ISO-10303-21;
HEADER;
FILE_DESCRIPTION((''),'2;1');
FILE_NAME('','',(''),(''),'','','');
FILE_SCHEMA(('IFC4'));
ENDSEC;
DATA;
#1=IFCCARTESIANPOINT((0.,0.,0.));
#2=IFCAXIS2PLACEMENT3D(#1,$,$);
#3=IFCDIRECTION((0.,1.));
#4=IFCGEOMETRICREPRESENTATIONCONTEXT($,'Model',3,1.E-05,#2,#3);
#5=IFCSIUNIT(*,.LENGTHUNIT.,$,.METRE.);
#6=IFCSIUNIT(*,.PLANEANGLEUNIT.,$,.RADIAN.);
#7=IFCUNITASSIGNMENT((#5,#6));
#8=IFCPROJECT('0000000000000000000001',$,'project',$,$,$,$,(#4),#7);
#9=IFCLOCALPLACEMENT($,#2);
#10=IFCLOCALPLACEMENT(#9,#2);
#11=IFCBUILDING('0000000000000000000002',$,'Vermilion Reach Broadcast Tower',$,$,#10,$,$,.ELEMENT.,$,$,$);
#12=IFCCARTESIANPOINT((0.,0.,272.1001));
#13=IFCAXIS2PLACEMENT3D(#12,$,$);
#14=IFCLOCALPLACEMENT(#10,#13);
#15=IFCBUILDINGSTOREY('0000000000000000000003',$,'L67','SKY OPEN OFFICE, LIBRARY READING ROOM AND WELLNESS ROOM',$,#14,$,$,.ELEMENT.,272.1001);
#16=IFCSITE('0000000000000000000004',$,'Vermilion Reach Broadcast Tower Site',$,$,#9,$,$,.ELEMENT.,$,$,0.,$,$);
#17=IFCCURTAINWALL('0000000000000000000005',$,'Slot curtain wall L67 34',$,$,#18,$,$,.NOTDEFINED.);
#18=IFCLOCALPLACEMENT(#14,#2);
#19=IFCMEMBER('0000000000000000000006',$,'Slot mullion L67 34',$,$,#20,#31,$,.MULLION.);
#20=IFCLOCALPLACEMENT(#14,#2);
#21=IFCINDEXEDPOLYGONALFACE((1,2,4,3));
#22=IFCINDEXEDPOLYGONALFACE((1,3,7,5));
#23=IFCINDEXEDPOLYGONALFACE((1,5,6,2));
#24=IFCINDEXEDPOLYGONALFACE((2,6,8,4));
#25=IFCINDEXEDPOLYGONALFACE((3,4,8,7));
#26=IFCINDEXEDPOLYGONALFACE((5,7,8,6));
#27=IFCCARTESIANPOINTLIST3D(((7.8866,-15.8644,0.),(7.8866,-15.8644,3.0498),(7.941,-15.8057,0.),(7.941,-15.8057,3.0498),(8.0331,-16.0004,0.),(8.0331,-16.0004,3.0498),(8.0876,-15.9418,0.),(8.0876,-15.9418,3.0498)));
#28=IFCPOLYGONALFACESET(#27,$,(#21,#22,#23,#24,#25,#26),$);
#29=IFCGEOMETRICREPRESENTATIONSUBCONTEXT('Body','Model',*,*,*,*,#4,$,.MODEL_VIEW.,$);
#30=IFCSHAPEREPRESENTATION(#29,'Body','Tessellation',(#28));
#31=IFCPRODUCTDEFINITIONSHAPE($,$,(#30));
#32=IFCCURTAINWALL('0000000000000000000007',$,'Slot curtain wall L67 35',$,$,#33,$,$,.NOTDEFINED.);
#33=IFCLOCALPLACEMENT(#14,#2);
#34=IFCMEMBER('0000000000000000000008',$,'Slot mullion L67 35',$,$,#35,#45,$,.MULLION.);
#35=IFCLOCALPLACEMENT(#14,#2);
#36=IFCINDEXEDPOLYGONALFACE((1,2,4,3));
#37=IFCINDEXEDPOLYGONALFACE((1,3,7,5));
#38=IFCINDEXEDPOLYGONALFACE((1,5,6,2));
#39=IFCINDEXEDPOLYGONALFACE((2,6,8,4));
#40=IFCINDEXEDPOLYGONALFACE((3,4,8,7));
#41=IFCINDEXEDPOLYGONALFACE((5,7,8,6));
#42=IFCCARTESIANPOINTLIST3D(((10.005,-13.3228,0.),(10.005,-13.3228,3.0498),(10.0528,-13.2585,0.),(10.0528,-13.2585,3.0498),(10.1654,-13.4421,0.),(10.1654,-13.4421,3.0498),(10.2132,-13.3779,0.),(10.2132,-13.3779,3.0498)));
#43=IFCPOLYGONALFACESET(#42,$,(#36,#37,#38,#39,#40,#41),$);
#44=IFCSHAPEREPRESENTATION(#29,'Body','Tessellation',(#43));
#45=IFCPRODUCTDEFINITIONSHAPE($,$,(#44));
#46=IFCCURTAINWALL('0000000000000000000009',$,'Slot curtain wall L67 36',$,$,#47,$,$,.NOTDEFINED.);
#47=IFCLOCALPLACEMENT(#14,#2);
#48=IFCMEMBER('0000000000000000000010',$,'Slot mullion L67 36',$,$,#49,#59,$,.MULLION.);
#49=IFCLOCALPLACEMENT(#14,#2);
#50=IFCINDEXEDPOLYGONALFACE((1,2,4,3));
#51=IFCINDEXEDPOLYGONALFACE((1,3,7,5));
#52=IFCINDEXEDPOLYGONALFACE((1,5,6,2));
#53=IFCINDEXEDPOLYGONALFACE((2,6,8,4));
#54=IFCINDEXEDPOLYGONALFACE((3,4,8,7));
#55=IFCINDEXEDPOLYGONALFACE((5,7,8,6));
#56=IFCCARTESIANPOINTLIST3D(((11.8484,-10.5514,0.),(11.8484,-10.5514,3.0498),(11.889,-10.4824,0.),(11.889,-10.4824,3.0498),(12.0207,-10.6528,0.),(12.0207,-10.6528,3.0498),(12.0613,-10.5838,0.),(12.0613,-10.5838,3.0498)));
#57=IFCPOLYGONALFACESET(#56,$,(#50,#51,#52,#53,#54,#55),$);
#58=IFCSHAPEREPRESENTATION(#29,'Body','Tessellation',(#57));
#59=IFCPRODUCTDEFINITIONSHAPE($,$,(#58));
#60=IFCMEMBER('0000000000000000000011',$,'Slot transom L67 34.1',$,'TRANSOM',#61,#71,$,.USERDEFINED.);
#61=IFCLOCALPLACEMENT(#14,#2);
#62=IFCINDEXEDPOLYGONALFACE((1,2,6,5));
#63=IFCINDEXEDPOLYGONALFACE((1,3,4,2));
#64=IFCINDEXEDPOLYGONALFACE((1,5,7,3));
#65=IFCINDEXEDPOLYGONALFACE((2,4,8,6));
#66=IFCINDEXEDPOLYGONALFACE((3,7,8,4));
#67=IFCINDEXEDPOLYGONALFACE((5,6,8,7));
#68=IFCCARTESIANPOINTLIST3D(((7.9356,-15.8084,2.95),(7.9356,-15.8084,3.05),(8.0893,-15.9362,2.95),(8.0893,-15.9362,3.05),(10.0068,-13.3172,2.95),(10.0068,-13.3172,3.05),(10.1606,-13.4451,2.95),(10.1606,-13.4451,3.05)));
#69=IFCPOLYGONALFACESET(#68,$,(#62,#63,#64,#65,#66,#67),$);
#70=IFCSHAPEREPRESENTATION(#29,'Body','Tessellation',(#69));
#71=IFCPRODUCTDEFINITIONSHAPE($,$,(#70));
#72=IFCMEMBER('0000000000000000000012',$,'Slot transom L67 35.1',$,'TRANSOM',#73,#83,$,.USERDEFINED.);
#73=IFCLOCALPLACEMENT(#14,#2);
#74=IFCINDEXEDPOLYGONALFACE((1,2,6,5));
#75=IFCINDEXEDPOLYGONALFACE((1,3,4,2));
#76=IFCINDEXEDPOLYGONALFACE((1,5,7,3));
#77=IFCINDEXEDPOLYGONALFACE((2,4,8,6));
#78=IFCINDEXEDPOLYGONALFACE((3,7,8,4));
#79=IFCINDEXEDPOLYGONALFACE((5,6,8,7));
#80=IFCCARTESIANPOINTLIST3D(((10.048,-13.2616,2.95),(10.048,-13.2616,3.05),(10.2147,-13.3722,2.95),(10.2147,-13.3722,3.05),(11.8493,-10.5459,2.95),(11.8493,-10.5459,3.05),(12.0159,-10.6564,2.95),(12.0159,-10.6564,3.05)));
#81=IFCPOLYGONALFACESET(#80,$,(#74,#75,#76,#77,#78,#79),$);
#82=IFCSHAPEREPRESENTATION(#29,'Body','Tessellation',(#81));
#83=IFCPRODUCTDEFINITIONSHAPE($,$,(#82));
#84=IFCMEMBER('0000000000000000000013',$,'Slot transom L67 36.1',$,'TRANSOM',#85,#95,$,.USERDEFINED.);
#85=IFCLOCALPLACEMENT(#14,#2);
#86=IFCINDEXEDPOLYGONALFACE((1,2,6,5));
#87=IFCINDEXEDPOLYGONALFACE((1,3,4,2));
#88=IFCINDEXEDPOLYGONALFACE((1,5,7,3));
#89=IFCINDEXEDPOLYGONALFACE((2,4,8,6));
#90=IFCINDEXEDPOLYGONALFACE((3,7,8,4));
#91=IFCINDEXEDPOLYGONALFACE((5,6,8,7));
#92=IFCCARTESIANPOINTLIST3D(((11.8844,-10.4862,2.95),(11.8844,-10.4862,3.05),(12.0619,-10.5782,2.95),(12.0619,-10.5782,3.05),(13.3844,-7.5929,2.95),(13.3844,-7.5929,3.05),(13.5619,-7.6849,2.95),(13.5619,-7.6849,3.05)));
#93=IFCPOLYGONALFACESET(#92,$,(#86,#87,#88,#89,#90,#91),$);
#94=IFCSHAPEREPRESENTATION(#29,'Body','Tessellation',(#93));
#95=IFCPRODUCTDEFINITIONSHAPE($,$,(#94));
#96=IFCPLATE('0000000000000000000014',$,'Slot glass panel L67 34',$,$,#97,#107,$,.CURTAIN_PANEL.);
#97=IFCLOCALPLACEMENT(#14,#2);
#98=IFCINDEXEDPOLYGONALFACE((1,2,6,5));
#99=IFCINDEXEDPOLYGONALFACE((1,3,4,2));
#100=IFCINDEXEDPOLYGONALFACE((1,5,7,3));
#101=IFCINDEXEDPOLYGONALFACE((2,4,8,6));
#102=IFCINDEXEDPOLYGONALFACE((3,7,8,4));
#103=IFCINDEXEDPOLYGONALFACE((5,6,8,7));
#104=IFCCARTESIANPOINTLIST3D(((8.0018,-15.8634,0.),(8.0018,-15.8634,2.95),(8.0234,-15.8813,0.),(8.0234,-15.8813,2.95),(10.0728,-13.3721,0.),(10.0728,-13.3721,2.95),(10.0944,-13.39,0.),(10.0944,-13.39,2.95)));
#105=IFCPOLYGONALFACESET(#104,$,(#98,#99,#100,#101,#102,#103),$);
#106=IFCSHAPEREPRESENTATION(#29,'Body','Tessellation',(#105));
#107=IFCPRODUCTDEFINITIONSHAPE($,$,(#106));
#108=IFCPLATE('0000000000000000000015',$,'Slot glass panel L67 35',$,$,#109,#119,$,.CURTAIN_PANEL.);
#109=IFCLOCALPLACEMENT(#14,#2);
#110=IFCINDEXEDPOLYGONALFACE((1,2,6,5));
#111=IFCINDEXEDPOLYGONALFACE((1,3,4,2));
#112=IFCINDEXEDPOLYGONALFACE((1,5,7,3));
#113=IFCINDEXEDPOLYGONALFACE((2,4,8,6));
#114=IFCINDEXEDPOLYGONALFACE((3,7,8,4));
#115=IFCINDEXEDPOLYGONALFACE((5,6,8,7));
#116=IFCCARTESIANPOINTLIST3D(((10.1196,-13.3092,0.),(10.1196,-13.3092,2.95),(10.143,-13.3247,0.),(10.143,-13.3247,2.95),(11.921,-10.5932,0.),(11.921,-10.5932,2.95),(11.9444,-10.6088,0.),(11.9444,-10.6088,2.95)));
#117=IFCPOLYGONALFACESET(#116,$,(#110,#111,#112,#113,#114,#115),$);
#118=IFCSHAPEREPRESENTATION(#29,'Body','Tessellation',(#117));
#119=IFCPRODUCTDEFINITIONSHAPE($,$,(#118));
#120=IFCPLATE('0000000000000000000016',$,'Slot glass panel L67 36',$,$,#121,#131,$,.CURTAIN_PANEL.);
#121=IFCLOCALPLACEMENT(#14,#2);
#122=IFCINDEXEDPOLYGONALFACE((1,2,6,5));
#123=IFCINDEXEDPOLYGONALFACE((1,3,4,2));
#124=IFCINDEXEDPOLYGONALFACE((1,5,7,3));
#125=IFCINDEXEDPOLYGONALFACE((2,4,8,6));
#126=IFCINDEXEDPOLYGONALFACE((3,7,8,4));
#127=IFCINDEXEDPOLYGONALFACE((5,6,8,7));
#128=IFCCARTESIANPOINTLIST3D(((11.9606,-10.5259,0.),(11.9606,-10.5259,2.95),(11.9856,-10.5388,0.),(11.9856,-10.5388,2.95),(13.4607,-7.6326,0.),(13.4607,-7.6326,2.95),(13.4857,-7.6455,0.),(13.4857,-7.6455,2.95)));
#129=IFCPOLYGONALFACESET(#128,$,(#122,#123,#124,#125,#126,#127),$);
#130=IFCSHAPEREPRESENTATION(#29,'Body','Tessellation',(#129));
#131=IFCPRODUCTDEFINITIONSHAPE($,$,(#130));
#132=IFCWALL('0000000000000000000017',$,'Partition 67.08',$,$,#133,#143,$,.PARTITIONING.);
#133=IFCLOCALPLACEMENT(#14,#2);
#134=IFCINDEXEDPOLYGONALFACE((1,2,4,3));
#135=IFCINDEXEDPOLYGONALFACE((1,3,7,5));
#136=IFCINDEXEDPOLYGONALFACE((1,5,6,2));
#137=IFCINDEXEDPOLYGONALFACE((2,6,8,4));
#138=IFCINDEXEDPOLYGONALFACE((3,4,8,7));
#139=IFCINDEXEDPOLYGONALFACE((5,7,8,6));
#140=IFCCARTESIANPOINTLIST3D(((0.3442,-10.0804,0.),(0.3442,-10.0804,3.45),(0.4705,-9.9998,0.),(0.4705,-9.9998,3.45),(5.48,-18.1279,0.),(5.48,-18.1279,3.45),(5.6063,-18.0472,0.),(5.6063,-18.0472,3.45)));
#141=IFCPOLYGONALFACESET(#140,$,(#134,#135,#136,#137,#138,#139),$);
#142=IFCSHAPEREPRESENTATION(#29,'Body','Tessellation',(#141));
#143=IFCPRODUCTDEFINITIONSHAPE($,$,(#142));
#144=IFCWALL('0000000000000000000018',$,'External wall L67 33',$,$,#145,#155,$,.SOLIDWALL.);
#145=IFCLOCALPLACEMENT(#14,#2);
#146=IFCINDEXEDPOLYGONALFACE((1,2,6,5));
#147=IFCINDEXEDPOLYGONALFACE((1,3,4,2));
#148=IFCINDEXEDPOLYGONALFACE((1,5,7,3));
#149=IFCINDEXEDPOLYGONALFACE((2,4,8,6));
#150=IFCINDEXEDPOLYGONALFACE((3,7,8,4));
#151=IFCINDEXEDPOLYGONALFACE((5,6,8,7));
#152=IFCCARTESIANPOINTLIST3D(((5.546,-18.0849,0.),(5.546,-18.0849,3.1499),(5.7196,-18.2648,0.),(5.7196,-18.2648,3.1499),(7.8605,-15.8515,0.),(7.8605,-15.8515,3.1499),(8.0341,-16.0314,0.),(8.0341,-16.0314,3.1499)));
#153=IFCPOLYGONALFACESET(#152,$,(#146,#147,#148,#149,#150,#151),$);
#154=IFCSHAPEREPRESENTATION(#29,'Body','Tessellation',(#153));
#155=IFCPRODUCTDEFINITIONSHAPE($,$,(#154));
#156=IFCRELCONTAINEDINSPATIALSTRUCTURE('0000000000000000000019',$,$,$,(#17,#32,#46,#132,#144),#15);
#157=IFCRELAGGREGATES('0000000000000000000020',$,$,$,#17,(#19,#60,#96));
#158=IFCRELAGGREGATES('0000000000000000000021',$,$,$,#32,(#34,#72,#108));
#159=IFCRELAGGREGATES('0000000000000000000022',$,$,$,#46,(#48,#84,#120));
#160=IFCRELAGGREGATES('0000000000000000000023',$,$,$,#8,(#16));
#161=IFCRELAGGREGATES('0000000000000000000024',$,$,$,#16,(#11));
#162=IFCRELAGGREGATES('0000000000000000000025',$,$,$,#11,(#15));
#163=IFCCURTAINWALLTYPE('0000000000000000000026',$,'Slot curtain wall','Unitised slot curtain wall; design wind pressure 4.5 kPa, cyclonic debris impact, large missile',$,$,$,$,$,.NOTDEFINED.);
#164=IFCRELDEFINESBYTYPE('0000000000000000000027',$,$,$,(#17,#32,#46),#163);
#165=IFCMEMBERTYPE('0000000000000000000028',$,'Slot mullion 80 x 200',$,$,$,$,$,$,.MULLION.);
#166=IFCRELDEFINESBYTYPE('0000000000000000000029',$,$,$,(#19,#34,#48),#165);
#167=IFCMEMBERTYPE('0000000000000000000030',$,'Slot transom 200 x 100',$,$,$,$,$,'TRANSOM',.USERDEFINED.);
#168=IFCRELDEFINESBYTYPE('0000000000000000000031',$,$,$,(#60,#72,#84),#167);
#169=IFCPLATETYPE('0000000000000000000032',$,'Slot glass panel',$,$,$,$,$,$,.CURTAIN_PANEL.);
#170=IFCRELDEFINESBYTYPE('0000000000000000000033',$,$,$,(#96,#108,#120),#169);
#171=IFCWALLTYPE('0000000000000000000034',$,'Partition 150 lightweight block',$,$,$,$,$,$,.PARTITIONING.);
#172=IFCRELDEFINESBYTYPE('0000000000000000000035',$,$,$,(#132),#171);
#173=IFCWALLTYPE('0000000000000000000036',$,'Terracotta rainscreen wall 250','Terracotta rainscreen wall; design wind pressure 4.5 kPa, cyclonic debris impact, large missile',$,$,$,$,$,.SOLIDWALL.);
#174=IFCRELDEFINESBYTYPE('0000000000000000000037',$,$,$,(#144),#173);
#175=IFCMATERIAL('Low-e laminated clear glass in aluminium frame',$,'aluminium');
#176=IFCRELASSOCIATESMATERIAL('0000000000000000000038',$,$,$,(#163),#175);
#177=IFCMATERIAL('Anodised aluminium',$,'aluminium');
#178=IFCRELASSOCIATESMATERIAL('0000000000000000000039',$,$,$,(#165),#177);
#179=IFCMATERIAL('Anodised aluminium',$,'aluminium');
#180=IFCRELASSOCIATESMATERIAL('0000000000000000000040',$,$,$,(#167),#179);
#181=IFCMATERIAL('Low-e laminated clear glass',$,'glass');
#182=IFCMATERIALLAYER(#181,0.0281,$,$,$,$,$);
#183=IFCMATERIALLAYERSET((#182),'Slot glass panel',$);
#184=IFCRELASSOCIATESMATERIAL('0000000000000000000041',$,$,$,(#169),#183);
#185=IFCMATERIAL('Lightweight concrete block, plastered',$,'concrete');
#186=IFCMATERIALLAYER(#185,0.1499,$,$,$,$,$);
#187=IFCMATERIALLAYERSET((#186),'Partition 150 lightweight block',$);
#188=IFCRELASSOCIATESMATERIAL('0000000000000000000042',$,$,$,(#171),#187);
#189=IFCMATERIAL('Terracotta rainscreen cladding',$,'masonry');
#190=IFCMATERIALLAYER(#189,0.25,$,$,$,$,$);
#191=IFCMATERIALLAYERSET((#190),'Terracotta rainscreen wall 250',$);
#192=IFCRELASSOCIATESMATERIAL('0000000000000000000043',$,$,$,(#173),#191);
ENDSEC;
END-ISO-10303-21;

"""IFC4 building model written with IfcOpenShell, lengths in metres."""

from ifc_helpers import new_model, si_unit, direction, frame, frame_2d, origin, origin_2d, place, context, subcontext, project, spatial, rectangle, extrude, material, layer, layer_set, material_profile, profile_set, type_object, element, aggregate, save


model = new_model("IFC4")

# Units and contexts
model_context = context("Model", 3, precision=1e-05, world=origin(), true_north=direction((0.0, 1.0)))
body_context = subcontext(model_context, "Body", "Model", "MODEL_VIEW")
ifc_project = project(units=[si_unit("LENGTHUNIT", "METRE"), si_unit("PLANEANGLEUNIT", "RADIAN")], contexts=[model_context])

# Site, building, storey
site_placement = place(None, origin())
site = spatial("IfcSite", under=ifc_project, at=site_placement, Name="Vermilion Reach Broadcast Tower Site", CompositionType="ELEMENT", RefElevation=0.0)
building_placement = place(site_placement, origin())
building = spatial("IfcBuilding", under=site, at=building_placement, Name="Vermilion Reach Broadcast Tower", CompositionType="ELEMENT")
storey_placement = place(building_placement, frame((0.0, 0.0, 272.1001)))
storey = spatial("IfcBuildingStorey", under=building, at=storey_placement, Name="L67", Description="SKY OPEN OFFICE, LIBRARY READING ROOM AND WELLNESS ROOM", CompositionType="ELEMENT", Elevation=272.1001)

# Curtain walls, members
ifc_material_1 = material(Name="Low-e laminated clear glass in aluminium frame", Category="aluminium")
curtain_wall_type = type_object("IfcCurtainWallType", Name="Slot curtain wall", Description="Unitised slot curtain wall; design wind pressure 4.5 kPa, cyclonic debris impact, large missile", PredefinedType="NOTDEFINED", material=ifc_material_1)
placement = place(storey_placement, origin())
curtain_wall_1 = element("IfcCurtainWall", 1, at=placement, inside=storey, type_object=curtain_wall_type, Name="Slot curtain wall L67 34", PredefinedType="NOTDEFINED")
ifc_material_2 = material(Name="Anodised aluminium", Category="aluminium")
ifc_material_profile_1 = material_profile(ifc_material_2, rectangle(XDim=0.2, YDim=0.0801, at=origin_2d()), Name="Slot mullion 80 x 200")
ifc_profile_set_1 = profile_set([ifc_material_profile_1], Name="Anodised aluminium")
member_type_1 = type_object("IfcMemberType", Name="Slot mullion 80 x 200", PredefinedType="MULLION", material=ifc_profile_set_1)
member_1_placement = place(storey_placement, frame((7.9871, -15.9031, 0.0), z_axis=(0.0, 0.0, 1.0), x_axis=(-0.732769, 0.680478, 0.0)))
member_1 = element("IfcMember", 2, at=member_1_placement, type_object=member_type_1, Name="Slot mullion L67 34", PredefinedType="MULLION", context=body_context, shape_type="SweptSolid", body=[
    extrude(rectangle(XDim=0.2, YDim=0.0801, at=origin_2d()), origin(), (0.0, 0.0, 1.0), 3.0498),
])
curtain_wall_2 = element("IfcCurtainWall", 3, at=placement, inside=storey, type_object=curtain_wall_type, Name="Slot curtain wall L67 35", PredefinedType="NOTDEFINED")
member_2_placement = place(storey_placement, frame((10.1091, -13.3503, 0.0), z_axis=(0.0, 0.0, 1.0), x_axis=(-0.802339, 0.596868, 0.0)))
member_2 = element("IfcMember", 4, at=member_2_placement, type_object=member_type_1, Name="Slot mullion L67 35", PredefinedType="MULLION", context=body_context, shape_type="SweptSolid", body=[
    extrude(rectangle(XDim=0.2, YDim=0.0801, at=origin_2d()), origin(), (0.0, 0.0, 1.0), 3.0498),
])
curtain_wall_3 = element("IfcCurtainWall", 5, at=placement, inside=storey, type_object=curtain_wall_type, Name="Slot curtain wall L67 36", PredefinedType="NOTDEFINED")
member_3_placement = place(storey_placement, frame((11.9548, -10.5676, 0.0), z_axis=(0.0, 0.0, 1.0), x_axis=(-0.861806, 0.507238, 0.0)))
member_3 = element("IfcMember", 6, at=member_3_placement, type_object=member_type_1, Name="Slot mullion L67 36", PredefinedType="MULLION", context=body_context, shape_type="SweptSolid", body=[
    extrude(rectangle(XDim=0.2, YDim=0.0801, at=origin_2d()), origin(), (0.0, 0.0, 1.0), 3.0498),
])

# Members
ifc_material_3 = material(Name="Anodised aluminium", Category="aluminium")
ifc_material_profile_2 = material_profile(ifc_material_3, rectangle(XDim=0.2, YDim=0.1001, at=origin_2d()), Name="Slot transom 200 x 100")
ifc_profile_set_2 = profile_set([ifc_material_profile_2], Name="Anodised aluminium")
member_type_2 = type_object("IfcMemberType", Name="Slot transom 200 x 100", ElementType="TRANSOM", PredefinedType="USERDEFINED", material=ifc_profile_set_2)
member_4_placement = place(storey_placement, frame((8.0125, -15.8723, 3.0), z_axis=(0.639324, 0.768937, 0.0), x_axis=(-0.768937, 0.639324, 0.0)))
member_4 = element("IfcMember", 7, at=member_4_placement, type_object=member_type_2, Name="Slot transom L67 34.1", ObjectType="TRANSOM", PredefinedType="USERDEFINED", context=body_context, shape_type="SweptSolid", body=[
    extrude(rectangle(XDim=0.2, YDim=0.1001, at=origin_2d()), origin(), (0.0, 0.0, 1.0), 3.2397),
])
member_5_placement = place(storey_placement, frame((10.1313, -13.3169, 3.0), z_axis=(0.552728, 0.833362, 0.0), x_axis=(-0.833362, 0.552728, 0.0)))
member_5 = element("IfcMember", 8, at=member_5_placement, type_object=member_type_2, Name="Slot transom L67 35.1", ObjectType="TRANSOM", PredefinedType="USERDEFINED", context=body_context, shape_type="SweptSolid", body=[
    extrude(rectangle(XDim=0.2, YDim=0.1001, at=origin_2d()), origin(), (0.0, 0.0, 1.0), 3.2588),
])
member_6_placement = place(storey_placement, frame((11.9731, -10.5322, 3.0), z_axis=(0.46026, 0.887784, 0.0), x_axis=(-0.887784, 0.46026, 0.0)))
member_6 = element("IfcMember", 9, at=member_6_placement, type_object=member_type_2, Name="Slot transom L67 36.1", ObjectType="TRANSOM", PredefinedType="USERDEFINED", context=body_context, shape_type="SweptSolid", body=[
    extrude(rectangle(XDim=0.2, YDim=0.1001, at=origin_2d()), origin(), (0.0, 0.0, 1.0), 3.259),
])

# Plates
ifc_material_4 = material(Name="Low-e laminated clear glass", Category="glass")
ifc_layer_1 = layer(ifc_material_4, 0.0281)
ifc_layer_set_1 = layer_set([ifc_layer_1], Name="Slot glass panel")
plate_type = type_object("IfcPlateType", Name="Slot glass panel", PredefinedType="CURTAIN_PANEL", material=ifc_layer_set_1)
plate_1_placement = place(storey_placement, frame((9.0481, -14.6267, 0.0), z_axis=(0.0, 0.0, 1.0), x_axis=(0.639272, 0.768981, 0.0)))
plate_1 = element("IfcPlate", 10, at=plate_1_placement, type_object=plate_type, Name="Slot glass panel L67 34", PredefinedType="CURTAIN_PANEL", context=body_context, shape_type="SweptSolid", body=[
    extrude(rectangle(XDim=3.2397, YDim=0.0281, at=origin_2d()), origin(), (0.0, 0.0, 1.0), 2.95),
])
aggregate(curtain_wall_1, [member_1, member_4, plate_1])
plate_2_placement = place(storey_placement, frame((11.032, -11.959, 0.0), z_axis=(0.0, 0.0, 1.0), x_axis=(0.552727, 0.833362, 0.0)))
plate_2 = element("IfcPlate", 11, at=plate_2_placement, type_object=plate_type, Name="Slot glass panel L67 35", PredefinedType="CURTAIN_PANEL", context=body_context, shape_type="SweptSolid", body=[
    extrude(rectangle(XDim=3.259, YDim=0.0281, at=origin_2d()), origin(), (0.0, 0.0, 1.0), 2.95),
])
aggregate(curtain_wall_2, [member_2, member_5, plate_2])
plate_3_placement = place(storey_placement, frame((12.7231, -9.0857, 0.0), z_axis=(0.0, 0.0, 1.0), x_axis=(0.460288, 0.88777, 0.0)))
plate_3 = element("IfcPlate", 12, at=plate_3_placement, type_object=plate_type, Name="Slot glass panel L67 36", PredefinedType="CURTAIN_PANEL", context=body_context, shape_type="SweptSolid", body=[
    extrude(rectangle(XDim=3.259, YDim=0.0281, at=origin_2d()), origin(), (0.0, 0.0, 1.0), 2.95),
])
aggregate(curtain_wall_3, [member_3, member_6, plate_3])

# Walls
ifc_material_5 = material(Name="Lightweight concrete block, plastered", Category="concrete")
ifc_layer_2 = layer(ifc_material_5, 0.1499)
ifc_layer_set_2 = layer_set([ifc_layer_2], Name="Partition 150 lightweight block")
wall_type_1 = type_object("IfcWallType", Name="Partition 150 lightweight block", PredefinedType="PARTITIONING", material=ifc_layer_set_2)
wall_1_placement = place(storey_placement, frame((5.5432, -18.0876, 0.0), z_axis=(0.0, 0.0, 1.0), x_axis=(-0.537971, 0.842964, 0.0)))
element("IfcWall", 13, at=wall_1_placement, inside=storey, type_object=wall_type_1, Name="Partition 67.08", PredefinedType="PARTITIONING", context=body_context, shape_type="SweptSolid", body=[
    extrude(rectangle(XDim=9.5466, YDim=0.1499, at=frame_2d((4.7734, 0.0))), origin(), (0.0, 0.0, 1.0), 3.45),
])
ifc_material_6 = material(Name="Terracotta rainscreen cladding", Category="masonry")
ifc_layer_3 = layer(ifc_material_6, 0.25)
ifc_layer_set_3 = layer_set([ifc_layer_3], Name="Terracotta rainscreen wall 250")
wall_type_2 = type_object("IfcWallType", Name="Terracotta rainscreen wall 250", Description="Terracotta rainscreen wall; design wind pressure 4.5 kPa, cyclonic debris impact, large missile", PredefinedType="SOLIDWALL", material=ifc_layer_set_3)
wall_2_placement = place(storey_placement, frame((5.6328, -18.1748, 0.0), z_axis=(0.0, 0.0, 1.0), x_axis=(0.719595, 0.694394, 0.0)))
element("IfcWall", 14, at=wall_2_placement, inside=storey, type_object=wall_type_2, Name="External wall L67 33", PredefinedType="SOLIDWALL", context=body_context, shape_type="SweptSolid", body=[
    extrude(rectangle(XDim=3.2163, YDim=0.25, at=frame_2d((1.6082, 0.0))), origin(), (0.0, 0.0, 1.0), 3.1499),
])

save(model, "model.ifc")
